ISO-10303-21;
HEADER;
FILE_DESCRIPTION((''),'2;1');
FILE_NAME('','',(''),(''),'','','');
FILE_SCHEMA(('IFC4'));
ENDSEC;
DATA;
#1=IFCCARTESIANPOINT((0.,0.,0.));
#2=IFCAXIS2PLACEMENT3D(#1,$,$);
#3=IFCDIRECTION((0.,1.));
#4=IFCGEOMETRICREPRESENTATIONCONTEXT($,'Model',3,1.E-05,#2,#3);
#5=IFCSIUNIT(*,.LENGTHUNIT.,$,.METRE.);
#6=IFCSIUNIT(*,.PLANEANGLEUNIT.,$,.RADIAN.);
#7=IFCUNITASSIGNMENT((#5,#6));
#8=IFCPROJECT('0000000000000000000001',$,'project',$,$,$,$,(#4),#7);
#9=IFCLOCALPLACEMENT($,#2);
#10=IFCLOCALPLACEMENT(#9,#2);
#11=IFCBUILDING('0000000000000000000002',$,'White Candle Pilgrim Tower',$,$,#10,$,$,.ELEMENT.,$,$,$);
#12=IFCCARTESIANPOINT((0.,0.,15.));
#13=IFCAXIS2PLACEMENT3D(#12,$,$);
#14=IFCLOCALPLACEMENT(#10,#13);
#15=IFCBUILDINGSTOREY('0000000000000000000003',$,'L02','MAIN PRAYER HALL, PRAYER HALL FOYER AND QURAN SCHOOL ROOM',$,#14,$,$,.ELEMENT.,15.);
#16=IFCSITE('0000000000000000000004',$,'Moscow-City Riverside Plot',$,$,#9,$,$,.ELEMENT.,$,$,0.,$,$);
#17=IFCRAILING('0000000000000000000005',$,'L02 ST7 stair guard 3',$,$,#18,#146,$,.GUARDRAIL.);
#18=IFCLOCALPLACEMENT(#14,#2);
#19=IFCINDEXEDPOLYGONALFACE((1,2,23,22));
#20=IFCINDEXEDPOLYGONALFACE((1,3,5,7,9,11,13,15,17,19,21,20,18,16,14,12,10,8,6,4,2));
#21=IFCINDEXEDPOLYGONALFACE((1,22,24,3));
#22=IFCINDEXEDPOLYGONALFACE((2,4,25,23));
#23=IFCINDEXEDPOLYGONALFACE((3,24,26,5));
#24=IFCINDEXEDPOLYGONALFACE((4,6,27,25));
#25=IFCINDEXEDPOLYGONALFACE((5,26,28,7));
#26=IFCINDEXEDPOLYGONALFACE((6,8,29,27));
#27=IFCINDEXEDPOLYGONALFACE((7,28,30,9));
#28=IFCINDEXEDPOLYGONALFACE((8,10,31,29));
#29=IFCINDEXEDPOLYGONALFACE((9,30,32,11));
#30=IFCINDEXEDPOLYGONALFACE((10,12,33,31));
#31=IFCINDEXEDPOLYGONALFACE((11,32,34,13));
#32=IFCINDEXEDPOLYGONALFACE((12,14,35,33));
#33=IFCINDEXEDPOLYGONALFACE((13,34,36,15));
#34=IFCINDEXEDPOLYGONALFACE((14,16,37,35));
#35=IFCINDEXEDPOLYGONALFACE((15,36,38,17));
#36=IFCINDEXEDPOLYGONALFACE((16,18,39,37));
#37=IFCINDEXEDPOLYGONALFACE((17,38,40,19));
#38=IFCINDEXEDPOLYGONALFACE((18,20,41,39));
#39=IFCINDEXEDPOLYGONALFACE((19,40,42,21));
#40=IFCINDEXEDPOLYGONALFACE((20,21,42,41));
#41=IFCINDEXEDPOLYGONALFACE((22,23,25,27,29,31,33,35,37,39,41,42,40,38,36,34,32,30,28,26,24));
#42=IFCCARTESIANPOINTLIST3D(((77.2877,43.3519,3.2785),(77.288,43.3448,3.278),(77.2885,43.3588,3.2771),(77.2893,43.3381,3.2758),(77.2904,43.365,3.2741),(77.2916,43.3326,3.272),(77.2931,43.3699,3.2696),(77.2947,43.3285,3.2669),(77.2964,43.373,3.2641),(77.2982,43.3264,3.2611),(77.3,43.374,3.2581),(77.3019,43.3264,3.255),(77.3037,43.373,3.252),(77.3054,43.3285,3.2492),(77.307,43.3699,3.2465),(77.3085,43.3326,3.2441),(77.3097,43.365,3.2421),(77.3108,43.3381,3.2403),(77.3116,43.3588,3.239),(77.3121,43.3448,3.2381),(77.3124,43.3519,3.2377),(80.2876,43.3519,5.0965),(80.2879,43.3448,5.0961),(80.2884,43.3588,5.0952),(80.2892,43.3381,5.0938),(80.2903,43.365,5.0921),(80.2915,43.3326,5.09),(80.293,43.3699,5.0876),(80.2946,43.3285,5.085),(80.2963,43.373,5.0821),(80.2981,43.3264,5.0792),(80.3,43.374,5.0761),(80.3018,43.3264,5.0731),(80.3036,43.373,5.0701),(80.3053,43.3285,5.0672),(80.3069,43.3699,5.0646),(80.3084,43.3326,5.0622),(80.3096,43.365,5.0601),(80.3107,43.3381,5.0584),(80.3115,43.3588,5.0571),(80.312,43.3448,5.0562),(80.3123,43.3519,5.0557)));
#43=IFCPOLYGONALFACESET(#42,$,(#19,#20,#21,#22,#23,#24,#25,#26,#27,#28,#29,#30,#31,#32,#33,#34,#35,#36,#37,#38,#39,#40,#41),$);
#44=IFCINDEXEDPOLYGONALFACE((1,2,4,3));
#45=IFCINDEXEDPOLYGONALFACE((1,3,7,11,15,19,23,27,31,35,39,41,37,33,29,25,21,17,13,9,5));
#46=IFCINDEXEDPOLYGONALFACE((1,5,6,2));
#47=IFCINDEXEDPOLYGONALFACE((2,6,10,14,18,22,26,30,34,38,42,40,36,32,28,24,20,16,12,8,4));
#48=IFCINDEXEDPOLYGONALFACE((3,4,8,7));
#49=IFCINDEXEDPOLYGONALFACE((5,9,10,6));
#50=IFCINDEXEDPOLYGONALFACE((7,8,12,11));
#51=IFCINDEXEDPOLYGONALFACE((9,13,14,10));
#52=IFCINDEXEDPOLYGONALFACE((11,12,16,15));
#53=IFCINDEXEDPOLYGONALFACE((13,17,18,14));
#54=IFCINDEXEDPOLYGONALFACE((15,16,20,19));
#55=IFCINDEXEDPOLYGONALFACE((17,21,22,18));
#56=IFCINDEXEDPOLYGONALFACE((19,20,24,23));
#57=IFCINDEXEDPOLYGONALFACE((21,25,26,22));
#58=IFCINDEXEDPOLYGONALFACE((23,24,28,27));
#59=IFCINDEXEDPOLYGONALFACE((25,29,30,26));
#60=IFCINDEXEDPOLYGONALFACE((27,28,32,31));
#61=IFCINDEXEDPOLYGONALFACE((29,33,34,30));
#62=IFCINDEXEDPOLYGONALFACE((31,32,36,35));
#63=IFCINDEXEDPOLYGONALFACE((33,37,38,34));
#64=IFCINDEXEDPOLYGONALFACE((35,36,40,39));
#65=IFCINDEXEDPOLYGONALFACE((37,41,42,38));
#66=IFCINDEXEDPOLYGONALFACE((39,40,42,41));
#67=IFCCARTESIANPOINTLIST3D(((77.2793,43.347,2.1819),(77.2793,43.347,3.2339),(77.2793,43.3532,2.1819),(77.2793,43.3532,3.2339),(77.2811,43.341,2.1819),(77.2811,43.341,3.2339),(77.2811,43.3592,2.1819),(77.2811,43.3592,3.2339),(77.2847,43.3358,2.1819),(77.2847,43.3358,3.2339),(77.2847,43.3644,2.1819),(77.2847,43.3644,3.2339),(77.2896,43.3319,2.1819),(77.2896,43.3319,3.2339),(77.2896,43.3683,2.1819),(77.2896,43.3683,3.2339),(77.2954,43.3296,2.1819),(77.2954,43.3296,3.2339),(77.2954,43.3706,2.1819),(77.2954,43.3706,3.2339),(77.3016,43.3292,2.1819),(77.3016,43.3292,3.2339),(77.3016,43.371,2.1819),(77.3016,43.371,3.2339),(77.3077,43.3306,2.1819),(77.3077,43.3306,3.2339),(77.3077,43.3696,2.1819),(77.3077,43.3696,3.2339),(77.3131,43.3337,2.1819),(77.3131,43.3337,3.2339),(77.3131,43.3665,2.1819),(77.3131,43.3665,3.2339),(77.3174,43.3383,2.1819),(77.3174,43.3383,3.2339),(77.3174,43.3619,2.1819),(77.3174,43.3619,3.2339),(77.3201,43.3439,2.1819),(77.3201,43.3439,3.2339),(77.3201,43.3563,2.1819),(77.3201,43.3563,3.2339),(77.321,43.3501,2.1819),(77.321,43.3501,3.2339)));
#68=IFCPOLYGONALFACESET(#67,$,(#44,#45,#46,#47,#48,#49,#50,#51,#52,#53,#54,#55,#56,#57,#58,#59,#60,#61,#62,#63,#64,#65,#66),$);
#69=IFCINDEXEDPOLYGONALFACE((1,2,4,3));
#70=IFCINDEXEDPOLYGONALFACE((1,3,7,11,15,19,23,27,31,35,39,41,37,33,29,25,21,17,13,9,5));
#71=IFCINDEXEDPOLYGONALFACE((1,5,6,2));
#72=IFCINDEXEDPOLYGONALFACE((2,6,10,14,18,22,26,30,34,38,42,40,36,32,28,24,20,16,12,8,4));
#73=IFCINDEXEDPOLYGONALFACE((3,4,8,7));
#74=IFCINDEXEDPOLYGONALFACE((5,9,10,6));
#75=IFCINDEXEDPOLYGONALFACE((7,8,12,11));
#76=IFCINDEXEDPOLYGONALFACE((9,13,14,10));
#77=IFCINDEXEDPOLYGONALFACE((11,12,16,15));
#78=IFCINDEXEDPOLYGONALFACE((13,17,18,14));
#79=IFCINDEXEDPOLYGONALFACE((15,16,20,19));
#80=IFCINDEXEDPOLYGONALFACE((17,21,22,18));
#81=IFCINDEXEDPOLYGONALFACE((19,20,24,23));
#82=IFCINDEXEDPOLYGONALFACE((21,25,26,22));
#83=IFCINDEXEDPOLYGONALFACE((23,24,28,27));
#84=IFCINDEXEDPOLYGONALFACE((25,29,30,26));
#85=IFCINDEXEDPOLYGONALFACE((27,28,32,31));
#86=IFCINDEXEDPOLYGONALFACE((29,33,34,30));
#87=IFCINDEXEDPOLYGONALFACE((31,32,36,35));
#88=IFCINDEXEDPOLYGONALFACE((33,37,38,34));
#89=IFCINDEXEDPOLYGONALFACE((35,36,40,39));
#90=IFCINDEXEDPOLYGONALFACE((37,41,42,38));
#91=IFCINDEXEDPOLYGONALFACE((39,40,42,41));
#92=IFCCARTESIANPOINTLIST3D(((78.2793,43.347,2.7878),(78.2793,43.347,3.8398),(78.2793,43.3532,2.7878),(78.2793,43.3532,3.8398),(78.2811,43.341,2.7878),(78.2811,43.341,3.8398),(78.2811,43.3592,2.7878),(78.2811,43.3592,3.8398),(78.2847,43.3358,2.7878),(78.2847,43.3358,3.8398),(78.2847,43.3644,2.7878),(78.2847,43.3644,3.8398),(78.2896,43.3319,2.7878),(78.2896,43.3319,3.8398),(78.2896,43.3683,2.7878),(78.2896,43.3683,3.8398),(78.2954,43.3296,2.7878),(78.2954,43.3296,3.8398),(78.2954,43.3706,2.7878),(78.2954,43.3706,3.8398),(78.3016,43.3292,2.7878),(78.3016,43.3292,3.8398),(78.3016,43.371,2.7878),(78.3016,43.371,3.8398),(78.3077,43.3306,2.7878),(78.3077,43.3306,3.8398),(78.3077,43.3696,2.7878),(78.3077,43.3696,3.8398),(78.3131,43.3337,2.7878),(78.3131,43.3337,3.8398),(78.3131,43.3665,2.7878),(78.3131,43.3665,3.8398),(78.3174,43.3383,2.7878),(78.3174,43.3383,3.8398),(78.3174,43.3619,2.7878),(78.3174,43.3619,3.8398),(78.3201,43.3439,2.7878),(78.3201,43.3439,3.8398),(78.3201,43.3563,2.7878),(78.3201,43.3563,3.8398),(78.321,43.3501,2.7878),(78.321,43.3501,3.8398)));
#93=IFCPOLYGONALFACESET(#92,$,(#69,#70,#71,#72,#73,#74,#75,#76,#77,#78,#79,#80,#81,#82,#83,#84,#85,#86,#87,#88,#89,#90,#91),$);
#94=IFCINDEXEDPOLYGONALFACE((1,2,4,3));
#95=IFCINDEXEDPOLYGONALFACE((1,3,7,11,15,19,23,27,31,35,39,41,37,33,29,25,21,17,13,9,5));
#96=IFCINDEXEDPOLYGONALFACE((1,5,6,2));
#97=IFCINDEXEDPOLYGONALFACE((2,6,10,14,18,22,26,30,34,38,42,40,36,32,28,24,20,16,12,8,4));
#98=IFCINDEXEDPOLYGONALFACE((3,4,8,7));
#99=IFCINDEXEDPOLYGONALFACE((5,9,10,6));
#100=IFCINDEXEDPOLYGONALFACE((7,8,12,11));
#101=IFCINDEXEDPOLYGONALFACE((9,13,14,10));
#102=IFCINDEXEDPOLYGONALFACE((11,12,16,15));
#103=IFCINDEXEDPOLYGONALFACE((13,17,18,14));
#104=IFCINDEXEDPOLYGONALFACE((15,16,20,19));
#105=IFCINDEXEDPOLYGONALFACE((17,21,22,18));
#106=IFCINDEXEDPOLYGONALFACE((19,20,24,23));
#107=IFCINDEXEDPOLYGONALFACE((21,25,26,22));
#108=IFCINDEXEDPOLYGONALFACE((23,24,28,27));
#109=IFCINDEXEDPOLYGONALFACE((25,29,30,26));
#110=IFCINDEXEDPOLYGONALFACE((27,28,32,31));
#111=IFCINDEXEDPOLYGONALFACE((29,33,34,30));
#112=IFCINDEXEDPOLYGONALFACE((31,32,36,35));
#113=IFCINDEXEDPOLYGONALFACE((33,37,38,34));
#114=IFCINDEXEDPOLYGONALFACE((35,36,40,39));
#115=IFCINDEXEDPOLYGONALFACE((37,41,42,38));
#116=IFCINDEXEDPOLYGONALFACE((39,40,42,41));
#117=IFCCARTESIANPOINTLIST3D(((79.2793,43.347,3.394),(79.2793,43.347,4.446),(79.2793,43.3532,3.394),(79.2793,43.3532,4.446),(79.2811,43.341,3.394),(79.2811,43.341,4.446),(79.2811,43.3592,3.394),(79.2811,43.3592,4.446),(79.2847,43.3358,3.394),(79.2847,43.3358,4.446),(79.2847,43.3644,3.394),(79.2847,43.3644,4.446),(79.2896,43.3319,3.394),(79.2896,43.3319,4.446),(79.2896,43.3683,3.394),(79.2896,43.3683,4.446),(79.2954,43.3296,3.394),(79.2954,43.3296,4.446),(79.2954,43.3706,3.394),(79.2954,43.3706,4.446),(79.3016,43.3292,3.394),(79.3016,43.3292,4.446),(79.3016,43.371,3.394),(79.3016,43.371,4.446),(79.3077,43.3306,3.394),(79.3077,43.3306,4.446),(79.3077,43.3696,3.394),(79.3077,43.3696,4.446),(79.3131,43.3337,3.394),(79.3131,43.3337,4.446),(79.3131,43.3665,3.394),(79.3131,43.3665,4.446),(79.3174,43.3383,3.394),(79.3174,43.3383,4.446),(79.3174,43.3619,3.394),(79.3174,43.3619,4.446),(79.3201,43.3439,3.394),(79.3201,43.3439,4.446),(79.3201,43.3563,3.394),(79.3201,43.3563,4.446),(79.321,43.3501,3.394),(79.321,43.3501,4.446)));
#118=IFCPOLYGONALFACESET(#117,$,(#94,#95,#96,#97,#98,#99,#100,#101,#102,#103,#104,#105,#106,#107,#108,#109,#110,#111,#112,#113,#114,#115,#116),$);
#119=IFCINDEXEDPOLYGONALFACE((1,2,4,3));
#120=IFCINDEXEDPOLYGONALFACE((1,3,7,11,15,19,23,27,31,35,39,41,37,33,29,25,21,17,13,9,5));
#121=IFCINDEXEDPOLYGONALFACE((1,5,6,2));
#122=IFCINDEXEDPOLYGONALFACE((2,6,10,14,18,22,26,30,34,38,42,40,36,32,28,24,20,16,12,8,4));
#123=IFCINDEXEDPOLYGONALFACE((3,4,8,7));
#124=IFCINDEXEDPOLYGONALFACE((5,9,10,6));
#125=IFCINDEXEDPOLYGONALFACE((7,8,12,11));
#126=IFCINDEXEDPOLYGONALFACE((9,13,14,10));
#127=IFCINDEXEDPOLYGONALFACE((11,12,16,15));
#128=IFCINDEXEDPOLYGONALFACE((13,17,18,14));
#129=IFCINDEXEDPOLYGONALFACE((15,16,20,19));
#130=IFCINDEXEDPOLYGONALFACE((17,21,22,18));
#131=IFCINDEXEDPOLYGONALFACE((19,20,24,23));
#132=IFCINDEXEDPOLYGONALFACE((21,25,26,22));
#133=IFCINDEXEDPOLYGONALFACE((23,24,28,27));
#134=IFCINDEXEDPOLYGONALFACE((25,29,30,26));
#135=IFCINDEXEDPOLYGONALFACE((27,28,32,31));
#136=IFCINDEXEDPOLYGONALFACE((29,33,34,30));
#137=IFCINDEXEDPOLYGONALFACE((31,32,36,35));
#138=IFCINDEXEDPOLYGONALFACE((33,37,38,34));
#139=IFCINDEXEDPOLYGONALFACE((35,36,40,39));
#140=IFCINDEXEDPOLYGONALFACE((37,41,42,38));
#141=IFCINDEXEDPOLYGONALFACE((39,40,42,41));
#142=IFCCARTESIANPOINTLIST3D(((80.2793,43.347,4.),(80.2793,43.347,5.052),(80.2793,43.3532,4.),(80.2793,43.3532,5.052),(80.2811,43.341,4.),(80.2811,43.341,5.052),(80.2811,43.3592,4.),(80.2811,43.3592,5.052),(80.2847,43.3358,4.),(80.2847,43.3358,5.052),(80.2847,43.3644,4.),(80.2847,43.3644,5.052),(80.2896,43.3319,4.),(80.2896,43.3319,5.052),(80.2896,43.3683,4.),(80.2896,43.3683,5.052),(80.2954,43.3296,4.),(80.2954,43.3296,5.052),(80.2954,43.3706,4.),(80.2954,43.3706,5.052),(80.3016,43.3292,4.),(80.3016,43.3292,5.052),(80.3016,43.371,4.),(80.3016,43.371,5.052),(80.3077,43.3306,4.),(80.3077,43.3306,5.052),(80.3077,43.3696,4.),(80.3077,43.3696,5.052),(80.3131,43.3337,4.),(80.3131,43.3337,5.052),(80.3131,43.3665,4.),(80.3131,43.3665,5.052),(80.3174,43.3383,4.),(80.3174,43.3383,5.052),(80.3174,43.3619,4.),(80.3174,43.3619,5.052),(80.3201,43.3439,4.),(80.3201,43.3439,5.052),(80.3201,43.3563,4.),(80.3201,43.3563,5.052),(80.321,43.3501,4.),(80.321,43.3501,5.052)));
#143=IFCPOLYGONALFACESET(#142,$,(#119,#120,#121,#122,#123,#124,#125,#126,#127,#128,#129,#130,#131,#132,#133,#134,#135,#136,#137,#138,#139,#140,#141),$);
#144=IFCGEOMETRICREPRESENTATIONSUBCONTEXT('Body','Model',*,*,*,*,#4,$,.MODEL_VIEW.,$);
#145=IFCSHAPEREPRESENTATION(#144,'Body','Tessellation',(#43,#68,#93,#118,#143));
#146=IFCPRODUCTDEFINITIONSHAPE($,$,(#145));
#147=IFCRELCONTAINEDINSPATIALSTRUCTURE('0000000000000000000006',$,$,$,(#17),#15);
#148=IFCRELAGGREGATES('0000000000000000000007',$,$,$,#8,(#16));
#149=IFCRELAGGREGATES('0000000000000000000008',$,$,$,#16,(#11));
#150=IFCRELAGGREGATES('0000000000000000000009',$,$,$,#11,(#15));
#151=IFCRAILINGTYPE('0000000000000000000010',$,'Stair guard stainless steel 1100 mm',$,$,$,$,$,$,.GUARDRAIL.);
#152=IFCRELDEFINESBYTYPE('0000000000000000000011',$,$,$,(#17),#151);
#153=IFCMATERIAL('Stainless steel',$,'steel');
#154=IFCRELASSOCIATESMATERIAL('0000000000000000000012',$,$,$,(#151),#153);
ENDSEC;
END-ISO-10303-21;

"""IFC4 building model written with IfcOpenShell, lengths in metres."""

from ifc_helpers import new_model, si_unit, direction, frame, origin, origin_2d, place, context, subcontext, project, spatial, circle, extrude, material, type_object, element, save


model = new_model("IFC4")

# Units and contexts
model_context = context("Model", 3, precision=1e-05, world=origin(), true_north=direction((0.0, 1.0)))
body_context = subcontext(model_context, "Body", "Model", "MODEL_VIEW")
ifc_project = project(units=[si_unit("LENGTHUNIT", "METRE"), si_unit("PLANEANGLEUNIT", "RADIAN")], contexts=[model_context])

# Site, building, storey
site_placement = place(None, origin())
site = spatial("IfcSite", under=ifc_project, at=site_placement, Name="Moscow-City Riverside Plot", CompositionType="ELEMENT", RefElevation=0.0)
building_placement = place(site_placement, origin())
building = spatial("IfcBuilding", under=site, at=building_placement, Name="White Candle Pilgrim Tower", CompositionType="ELEMENT")
storey_placement = place(building_placement, frame((0.0, 0.0, 15.0)))
storey = spatial("IfcBuildingStorey", under=building, at=storey_placement, Name="L02", Description="MAIN PRAYER HALL, PRAYER HALL FOYER AND QURAN SCHOOL ROOM", CompositionType="ELEMENT", Elevation=15.0)

# Railing
ifc_material_1 = material(Name="Stainless steel", Category="steel")
railing_type_1 = type_object("IfcRailingType", Name="Stair guard stainless steel 1100 mm", PredefinedType="GUARDRAIL", material=ifc_material_1)
railing_1_placement = place(storey_placement, frame((77.3, 43.3501, 2.1819)))
element("IfcRailing", 1, at=railing_1_placement, inside=storey, type_object=railing_type_1, Name="L02 ST7 stair guard 3", PredefinedType="GUARDRAIL", context=body_context, shape_type="SweptSolid", body=[
    extrude(circle(Radius=0.0239, at=origin_2d()), frame((0.0, 0.0, 1.0762), z_axis=(0.855206, 0.0, 0.518288), x_axis=(0.0, 1.0, 0.0)), (0.0, 0.0, 1.0), 3.5078),
    extrude(circle(Radius=0.021, at=origin_2d()), origin(), (0.0, 0.0, 1.0), 1.052),
    extrude(circle(Radius=0.021, at=origin_2d()), frame((1.0, 0.0, 0.606)), (0.0, 0.0, 1.0), 1.052),
    extrude(circle(Radius=0.021, at=origin_2d()), frame((2.0, 0.0, 1.2122)), (0.0, 0.0, 1.0), 1.052),
    extrude(circle(Radius=0.021, at=origin_2d()), frame((3.0, 0.0, 1.8181)), (0.0, 0.0, 1.0), 1.052),
])

save(model, "model.ifc")
